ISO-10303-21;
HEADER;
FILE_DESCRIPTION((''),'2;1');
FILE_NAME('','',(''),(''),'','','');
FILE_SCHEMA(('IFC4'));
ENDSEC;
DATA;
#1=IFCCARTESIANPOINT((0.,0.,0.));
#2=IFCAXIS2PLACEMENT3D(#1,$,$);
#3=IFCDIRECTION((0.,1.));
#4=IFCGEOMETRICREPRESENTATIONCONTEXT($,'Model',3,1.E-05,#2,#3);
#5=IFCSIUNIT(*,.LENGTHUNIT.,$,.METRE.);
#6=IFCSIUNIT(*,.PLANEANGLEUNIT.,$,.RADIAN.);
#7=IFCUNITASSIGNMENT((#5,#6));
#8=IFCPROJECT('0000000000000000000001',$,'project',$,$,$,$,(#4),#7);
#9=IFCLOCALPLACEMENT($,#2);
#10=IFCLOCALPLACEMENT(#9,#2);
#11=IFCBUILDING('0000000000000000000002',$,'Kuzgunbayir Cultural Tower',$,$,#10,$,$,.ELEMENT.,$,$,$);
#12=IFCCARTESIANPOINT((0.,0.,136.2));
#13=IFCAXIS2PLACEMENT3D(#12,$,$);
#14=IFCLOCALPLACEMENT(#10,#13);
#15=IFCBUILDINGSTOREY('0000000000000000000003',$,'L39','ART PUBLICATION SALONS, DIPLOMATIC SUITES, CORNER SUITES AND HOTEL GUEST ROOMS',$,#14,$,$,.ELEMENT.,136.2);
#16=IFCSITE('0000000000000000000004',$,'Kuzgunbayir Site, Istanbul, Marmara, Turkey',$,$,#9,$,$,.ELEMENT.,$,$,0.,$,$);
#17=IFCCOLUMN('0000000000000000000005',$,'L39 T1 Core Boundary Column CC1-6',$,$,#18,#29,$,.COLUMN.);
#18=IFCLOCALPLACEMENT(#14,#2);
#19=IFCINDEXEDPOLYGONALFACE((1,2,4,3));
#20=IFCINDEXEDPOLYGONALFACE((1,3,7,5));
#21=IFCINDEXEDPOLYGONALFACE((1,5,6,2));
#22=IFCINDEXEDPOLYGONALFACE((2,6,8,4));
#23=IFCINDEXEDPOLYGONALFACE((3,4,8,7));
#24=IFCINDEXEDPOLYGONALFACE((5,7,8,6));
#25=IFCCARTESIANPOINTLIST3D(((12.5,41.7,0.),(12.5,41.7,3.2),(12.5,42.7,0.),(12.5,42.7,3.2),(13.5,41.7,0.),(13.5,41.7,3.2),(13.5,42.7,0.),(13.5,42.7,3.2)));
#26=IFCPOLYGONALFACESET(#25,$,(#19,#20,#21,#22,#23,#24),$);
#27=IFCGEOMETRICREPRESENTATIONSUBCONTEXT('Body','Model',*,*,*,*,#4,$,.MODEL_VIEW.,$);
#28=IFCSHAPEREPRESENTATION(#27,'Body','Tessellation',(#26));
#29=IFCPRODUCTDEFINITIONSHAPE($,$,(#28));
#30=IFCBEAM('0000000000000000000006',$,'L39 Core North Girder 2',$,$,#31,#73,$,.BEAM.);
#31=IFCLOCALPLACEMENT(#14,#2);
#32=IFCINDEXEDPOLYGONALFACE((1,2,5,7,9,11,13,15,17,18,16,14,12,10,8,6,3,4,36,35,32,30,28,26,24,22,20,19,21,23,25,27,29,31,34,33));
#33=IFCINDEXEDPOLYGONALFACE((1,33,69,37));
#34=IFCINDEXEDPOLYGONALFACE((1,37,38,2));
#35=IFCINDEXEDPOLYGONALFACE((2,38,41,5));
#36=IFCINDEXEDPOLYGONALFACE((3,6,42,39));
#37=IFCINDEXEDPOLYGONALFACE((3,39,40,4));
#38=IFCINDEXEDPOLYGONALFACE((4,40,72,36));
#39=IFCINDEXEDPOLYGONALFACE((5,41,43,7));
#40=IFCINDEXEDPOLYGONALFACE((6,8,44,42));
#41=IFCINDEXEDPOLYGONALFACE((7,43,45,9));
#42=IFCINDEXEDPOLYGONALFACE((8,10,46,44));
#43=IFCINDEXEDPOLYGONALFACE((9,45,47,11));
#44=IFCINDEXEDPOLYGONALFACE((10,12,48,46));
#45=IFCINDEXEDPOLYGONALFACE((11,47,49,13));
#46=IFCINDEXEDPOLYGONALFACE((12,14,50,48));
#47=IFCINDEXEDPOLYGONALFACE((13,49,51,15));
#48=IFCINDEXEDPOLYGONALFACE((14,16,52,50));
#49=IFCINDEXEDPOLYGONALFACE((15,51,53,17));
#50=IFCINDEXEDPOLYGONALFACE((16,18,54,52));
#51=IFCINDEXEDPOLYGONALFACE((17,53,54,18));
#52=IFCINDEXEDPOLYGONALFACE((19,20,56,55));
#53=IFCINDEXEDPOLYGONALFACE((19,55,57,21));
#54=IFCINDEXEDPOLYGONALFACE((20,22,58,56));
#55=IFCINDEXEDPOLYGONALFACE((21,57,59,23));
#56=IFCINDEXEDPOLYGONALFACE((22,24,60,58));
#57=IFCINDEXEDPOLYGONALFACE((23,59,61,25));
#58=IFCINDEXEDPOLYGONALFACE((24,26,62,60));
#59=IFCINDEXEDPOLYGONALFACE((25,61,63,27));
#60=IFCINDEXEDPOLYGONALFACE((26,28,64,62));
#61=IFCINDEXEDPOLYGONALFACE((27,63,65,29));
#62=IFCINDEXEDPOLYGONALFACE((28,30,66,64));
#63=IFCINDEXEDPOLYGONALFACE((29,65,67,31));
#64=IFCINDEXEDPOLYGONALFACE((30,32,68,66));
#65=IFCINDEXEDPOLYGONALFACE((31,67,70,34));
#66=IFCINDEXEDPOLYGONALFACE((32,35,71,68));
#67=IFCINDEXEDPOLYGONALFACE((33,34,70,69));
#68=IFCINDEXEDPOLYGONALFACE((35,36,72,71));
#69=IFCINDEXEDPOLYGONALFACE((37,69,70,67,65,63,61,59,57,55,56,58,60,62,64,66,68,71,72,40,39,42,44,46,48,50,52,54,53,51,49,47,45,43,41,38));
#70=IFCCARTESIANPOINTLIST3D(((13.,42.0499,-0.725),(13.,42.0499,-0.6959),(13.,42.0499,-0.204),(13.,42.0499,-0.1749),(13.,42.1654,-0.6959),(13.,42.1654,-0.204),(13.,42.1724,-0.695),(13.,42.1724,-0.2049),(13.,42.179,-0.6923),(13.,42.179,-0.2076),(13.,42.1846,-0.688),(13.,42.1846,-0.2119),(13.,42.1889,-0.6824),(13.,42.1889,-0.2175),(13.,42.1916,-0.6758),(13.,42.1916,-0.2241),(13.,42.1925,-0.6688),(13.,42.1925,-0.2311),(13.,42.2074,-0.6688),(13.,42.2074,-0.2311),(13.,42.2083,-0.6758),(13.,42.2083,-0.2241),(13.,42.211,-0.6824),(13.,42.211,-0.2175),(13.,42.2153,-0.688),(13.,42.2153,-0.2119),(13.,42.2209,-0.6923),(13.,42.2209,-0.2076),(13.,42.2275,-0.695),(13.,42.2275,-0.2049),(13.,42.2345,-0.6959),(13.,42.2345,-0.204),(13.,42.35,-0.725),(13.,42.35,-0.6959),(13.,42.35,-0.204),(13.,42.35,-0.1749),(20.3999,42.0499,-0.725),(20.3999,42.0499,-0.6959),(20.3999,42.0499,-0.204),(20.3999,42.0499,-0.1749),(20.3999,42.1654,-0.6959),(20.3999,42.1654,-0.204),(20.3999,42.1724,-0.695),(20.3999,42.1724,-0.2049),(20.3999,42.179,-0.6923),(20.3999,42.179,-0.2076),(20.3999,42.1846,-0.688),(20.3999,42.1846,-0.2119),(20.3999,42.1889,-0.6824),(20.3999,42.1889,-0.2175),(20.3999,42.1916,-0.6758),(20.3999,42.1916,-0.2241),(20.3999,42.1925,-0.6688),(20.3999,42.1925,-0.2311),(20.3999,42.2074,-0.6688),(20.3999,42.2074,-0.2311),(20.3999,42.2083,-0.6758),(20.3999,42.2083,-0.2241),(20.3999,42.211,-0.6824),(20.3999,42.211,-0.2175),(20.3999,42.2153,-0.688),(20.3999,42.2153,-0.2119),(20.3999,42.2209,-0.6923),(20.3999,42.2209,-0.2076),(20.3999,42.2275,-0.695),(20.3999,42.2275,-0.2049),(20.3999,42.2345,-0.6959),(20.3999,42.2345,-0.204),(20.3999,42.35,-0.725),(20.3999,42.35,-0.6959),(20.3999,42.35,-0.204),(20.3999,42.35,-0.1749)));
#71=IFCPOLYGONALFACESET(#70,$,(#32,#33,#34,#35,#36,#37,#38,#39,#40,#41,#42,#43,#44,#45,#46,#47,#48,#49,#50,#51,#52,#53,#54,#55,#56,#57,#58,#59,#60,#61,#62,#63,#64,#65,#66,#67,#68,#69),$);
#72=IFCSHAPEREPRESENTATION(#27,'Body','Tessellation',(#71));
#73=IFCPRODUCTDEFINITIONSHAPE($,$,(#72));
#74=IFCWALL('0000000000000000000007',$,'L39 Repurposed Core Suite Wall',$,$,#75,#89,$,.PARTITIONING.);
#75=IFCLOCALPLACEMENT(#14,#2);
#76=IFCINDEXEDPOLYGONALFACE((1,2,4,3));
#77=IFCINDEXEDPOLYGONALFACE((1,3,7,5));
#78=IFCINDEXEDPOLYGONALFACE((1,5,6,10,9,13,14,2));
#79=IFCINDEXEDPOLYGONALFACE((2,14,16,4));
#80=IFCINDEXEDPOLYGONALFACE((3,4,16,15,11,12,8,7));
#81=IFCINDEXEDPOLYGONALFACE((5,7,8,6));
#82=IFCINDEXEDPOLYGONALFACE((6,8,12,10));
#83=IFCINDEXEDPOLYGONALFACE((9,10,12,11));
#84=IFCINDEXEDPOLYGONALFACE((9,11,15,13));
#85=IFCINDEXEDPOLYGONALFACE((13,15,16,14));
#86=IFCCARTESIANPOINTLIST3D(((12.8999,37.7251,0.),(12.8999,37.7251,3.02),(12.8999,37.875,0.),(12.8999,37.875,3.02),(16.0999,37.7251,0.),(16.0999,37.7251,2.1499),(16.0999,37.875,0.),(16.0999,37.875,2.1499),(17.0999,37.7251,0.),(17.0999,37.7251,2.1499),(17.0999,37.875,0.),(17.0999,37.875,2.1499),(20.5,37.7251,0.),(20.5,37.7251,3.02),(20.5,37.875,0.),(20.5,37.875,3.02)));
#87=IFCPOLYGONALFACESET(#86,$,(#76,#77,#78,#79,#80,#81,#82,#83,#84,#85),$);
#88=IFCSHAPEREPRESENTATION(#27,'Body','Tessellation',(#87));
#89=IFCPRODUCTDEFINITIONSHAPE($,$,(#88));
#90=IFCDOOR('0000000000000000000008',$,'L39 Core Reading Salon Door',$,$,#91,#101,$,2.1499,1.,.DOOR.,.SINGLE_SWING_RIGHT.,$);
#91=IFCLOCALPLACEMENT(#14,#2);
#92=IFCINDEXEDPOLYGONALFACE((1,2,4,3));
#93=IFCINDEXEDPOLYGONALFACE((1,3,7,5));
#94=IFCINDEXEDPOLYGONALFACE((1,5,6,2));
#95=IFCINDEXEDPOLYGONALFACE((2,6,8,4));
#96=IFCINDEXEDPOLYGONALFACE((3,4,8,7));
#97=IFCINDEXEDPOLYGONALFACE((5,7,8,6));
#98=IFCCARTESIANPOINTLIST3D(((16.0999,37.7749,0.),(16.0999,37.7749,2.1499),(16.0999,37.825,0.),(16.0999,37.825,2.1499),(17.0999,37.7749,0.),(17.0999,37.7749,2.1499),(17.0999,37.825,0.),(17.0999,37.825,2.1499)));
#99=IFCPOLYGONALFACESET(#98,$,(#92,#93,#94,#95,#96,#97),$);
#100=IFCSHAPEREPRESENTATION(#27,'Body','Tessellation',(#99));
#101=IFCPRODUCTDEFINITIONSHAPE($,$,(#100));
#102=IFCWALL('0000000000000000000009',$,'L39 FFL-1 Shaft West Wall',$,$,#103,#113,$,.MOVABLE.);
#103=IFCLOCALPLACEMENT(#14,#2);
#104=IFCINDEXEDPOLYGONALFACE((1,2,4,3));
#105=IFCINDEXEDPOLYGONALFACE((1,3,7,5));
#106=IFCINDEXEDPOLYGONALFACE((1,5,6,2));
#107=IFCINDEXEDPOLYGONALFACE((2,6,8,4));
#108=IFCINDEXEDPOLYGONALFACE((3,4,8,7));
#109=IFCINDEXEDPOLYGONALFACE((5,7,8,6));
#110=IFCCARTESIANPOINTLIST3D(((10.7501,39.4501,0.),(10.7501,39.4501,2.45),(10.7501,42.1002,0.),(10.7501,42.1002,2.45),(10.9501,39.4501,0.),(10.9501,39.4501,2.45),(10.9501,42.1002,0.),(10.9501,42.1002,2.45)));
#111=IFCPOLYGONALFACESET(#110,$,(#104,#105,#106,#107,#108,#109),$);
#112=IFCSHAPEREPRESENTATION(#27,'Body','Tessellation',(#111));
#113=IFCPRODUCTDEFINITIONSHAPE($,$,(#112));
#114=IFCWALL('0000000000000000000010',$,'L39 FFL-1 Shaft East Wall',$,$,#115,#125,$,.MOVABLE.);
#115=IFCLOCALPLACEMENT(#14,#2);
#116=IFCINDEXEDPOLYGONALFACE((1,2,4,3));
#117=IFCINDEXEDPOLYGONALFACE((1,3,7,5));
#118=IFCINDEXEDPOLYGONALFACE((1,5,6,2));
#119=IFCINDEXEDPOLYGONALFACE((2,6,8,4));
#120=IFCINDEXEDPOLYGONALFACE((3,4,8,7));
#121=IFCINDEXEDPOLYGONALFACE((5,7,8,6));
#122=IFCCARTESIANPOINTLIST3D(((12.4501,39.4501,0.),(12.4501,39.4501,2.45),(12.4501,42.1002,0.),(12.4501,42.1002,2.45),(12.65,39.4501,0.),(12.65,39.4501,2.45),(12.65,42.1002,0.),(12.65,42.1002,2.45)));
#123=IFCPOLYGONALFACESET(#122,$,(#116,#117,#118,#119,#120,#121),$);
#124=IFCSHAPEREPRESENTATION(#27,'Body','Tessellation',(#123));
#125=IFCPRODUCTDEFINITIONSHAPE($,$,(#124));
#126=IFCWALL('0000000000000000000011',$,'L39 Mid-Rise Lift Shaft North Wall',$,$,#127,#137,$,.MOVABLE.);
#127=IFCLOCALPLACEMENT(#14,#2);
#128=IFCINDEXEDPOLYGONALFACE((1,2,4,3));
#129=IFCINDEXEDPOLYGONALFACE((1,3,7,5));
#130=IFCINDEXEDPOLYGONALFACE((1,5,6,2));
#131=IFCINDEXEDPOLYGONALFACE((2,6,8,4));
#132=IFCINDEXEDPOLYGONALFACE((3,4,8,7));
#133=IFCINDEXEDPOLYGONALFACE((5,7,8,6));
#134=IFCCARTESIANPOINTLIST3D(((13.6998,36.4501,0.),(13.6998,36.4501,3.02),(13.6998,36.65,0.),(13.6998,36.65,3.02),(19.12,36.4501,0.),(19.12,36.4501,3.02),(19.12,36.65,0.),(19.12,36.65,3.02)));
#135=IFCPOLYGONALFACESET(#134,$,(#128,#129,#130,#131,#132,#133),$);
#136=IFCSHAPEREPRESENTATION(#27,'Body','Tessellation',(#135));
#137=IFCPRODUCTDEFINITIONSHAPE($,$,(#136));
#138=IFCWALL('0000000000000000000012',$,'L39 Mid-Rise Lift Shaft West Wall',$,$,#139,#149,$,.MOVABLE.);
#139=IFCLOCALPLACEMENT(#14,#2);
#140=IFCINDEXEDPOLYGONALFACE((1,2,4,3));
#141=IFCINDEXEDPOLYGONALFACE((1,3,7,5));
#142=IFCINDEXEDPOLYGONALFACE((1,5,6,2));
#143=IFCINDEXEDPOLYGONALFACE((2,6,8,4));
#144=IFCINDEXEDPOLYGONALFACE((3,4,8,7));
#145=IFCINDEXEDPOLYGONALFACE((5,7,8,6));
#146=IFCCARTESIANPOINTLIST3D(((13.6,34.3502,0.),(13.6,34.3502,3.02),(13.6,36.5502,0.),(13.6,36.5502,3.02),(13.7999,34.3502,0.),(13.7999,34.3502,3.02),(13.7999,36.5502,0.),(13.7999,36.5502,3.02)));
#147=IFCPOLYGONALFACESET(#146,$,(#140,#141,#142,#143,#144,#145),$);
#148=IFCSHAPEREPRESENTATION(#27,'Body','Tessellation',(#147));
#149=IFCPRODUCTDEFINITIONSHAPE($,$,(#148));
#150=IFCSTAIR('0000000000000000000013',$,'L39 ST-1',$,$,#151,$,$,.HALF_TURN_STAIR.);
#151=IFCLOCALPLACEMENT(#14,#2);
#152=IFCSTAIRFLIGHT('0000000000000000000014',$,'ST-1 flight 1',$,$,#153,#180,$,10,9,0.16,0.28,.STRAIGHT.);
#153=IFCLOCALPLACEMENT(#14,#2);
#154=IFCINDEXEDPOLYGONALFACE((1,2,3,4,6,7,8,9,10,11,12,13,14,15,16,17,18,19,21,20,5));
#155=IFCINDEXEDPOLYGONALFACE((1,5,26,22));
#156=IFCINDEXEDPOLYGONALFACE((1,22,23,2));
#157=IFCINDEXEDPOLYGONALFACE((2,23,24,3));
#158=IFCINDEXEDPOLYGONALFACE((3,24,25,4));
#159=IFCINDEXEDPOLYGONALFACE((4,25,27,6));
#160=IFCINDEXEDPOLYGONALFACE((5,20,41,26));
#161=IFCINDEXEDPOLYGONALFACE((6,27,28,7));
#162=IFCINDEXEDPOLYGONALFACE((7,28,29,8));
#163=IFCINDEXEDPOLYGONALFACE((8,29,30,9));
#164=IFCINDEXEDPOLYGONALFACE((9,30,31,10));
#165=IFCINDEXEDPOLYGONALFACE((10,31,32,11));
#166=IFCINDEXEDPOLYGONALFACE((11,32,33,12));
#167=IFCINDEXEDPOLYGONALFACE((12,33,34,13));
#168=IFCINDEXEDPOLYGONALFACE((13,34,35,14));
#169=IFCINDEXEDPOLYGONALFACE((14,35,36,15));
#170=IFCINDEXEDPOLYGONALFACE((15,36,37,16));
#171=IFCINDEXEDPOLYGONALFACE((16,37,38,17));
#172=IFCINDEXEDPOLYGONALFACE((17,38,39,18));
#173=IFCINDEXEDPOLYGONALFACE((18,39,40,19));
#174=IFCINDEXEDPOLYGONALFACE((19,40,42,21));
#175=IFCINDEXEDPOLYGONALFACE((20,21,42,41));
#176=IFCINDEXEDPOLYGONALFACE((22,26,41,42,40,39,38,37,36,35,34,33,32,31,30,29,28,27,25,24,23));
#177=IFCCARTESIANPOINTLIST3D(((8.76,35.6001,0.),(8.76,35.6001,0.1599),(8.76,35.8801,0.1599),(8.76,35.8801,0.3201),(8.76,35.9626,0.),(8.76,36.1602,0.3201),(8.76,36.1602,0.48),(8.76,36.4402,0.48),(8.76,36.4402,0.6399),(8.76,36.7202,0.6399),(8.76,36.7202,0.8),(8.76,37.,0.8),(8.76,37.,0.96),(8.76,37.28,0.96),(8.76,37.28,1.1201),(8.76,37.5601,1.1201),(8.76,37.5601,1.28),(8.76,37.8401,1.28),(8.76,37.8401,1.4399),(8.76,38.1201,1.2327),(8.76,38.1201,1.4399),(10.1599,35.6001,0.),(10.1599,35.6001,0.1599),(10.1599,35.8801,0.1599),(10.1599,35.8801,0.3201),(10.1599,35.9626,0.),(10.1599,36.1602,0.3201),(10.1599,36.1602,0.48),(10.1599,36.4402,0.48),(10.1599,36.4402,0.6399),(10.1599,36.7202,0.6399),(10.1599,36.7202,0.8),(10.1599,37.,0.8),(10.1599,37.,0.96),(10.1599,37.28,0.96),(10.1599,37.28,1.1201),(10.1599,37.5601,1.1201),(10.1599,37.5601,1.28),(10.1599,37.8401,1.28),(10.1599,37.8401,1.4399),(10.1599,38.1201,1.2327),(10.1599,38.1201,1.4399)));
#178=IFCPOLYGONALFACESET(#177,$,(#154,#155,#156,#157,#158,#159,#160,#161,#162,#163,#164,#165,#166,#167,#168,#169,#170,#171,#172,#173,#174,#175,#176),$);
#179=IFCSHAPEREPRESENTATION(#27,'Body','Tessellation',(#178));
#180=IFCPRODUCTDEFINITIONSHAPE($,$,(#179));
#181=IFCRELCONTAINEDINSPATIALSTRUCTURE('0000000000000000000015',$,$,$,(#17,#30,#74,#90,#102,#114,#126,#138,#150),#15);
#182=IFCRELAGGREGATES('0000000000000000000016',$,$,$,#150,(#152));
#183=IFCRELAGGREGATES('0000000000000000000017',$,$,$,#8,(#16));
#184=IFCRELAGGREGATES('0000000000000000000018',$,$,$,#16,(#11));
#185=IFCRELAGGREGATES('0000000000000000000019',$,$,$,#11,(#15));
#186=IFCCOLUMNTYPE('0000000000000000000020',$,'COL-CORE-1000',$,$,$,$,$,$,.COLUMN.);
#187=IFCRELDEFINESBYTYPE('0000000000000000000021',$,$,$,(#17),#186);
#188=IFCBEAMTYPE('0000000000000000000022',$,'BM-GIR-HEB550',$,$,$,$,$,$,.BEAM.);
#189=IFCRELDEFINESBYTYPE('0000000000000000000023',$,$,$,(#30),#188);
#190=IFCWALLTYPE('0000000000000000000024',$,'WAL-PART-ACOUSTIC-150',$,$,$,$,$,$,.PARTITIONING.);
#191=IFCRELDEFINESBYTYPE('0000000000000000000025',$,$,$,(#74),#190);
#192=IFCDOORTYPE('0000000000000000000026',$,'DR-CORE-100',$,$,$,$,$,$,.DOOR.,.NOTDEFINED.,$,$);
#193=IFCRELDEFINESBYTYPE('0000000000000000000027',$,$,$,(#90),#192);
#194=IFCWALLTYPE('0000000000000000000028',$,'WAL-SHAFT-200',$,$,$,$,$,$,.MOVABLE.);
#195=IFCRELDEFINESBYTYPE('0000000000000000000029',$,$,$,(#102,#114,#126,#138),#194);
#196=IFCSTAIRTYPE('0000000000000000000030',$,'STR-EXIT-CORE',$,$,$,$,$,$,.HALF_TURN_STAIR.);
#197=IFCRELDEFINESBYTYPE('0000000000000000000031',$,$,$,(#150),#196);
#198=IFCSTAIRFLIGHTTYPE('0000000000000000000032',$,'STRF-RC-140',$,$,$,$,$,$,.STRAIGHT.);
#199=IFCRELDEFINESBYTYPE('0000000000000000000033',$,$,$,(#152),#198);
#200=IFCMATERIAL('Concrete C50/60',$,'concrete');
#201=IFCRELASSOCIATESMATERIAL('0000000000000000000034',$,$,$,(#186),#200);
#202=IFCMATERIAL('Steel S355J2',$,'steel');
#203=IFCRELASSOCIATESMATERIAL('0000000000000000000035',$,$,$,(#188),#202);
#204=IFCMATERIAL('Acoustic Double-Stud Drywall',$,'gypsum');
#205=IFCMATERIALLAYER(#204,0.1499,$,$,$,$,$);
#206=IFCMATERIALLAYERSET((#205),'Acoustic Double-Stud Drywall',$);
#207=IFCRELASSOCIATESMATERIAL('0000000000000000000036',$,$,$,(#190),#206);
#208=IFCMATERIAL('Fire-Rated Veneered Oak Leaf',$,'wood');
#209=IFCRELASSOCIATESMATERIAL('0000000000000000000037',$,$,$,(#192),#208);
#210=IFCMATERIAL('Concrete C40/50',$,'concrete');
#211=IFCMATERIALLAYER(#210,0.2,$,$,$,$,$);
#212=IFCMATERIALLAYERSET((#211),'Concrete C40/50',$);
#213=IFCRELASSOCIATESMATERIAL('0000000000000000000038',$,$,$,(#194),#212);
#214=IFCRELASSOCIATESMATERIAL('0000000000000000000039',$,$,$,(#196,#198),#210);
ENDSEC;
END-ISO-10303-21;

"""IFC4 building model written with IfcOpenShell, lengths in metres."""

from ifc_helpers import new_model, si_unit, direction, frame, frame_2d, origin, origin_2d, place, context, subcontext, project, spatial, polyline, rectangle, i_section, outline, extrude, material, layer, layer_set, material_profile, profile_set, type_object, element, fill, aggregate, save


model = new_model("IFC4")

# Units and contexts
model_context = context("Model", 3, precision=1e-05, world=origin(), true_north=direction((0.0, 1.0)))
body_context = subcontext(model_context, "Body", "Model", "MODEL_VIEW")
ifc_project = project(units=[si_unit("LENGTHUNIT", "METRE"), si_unit("PLANEANGLEUNIT", "RADIAN")], contexts=[model_context])

# Site, building, storey
site_placement = place(None, origin())
site = spatial("IfcSite", under=ifc_project, at=site_placement, Name="Kuzgunbayir Site, Istanbul, Marmara, Turkey", CompositionType="ELEMENT", RefElevation=0.0)
building_placement = place(site_placement, origin())
building = spatial("IfcBuilding", under=site, at=building_placement, Name="Kuzgunbayir Cultural Tower", CompositionType="ELEMENT")
storey_placement = place(building_placement, frame((0.0, 0.0, 136.2)))
storey = spatial("IfcBuildingStorey", under=building, at=storey_placement, Name="L39", Description="ART PUBLICATION SALONS, DIPLOMATIC SUITES, CORNER SUITES AND HOTEL GUEST ROOMS", CompositionType="ELEMENT", Elevation=136.2)

# Column
ifc_material_1 = material(Name="Concrete C50/60", Category="concrete")
ifc_material_profile_1 = material_profile(ifc_material_1, rectangle(XDim=1.0, YDim=1.0, at=origin_2d()), Name="RC 1000x1000")
ifc_profile_set_1 = profile_set([ifc_material_profile_1], Name="Concrete C50/60")
column_type = type_object("IfcColumnType", Name="COL-CORE-1000", PredefinedType="COLUMN", material=ifc_profile_set_1)
column_placement = place(storey_placement, frame((13.0, 42.2, 0.0), z_axis=(0.0, 0.0, 1.0), x_axis=(1.0, 0.0, 0.0)))
element("IfcColumn", 1, at=column_placement, inside=storey, type_object=column_type, Name="L39 T1 Core Boundary Column CC1-6", PredefinedType="COLUMN", context=body_context, shape_type="SweptSolid", body=[
    extrude(rectangle(XDim=1.0, YDim=1.0, at=origin_2d()), origin(), (0.0, 0.0, 1.0), 3.2),
])

# Beam
ifc_material_2 = material(Name="Steel S355J2", Category="steel")
ifc_material_profile_2 = material_profile(ifc_material_2, i_section(OverallWidth=0.3, OverallDepth=0.55, WebThickness=0.0149, FlangeThickness=0.0291, FilletRadius=0.0271, at=origin_2d()), Name="HEB 550")
ifc_profile_set_2 = profile_set([ifc_material_profile_2], Name="Steel S355J2")
beam_type = type_object("IfcBeamType", Name="BM-GIR-HEB550", PredefinedType="BEAM", material=ifc_profile_set_2)
beam_placement = place(storey_placement, frame((13.0, 42.2, -0.45), z_axis=(1.0, 0.0, 0.0), x_axis=(0.0, 1.0, 0.0)))
element("IfcBeam", 2, at=beam_placement, inside=storey, type_object=beam_type, Name="L39 Core North Girder 2", PredefinedType="BEAM", context=body_context, shape_type="SweptSolid", body=[
    extrude(i_section(OverallWidth=0.3, OverallDepth=0.55, WebThickness=0.0149, FlangeThickness=0.0291, FilletRadius=0.0271, at=origin_2d()), origin(), (0.0, 0.0, 1.0), 7.3999),
])

# Wall, opening, door
ifc_material_3 = material(Name="Acoustic Double-Stud Drywall", Category="gypsum")
ifc_layer_1 = layer(ifc_material_3, 0.1499)
ifc_layer_set_1 = layer_set([ifc_layer_1], Name="Acoustic Double-Stud Drywall")
wall_type_1 = type_object("IfcWallType", Name="WAL-PART-ACOUSTIC-150", PredefinedType="PARTITIONING", material=ifc_layer_set_1)
wall_1_placement = place(storey_placement, frame((12.8999, 37.8, 0.0), z_axis=(0.0, 0.0, 1.0), x_axis=(1.0, 0.0, 0.0)))
wall_1 = element("IfcWall", 3, at=wall_1_placement, inside=storey, type_object=wall_type_1, Name="L39 Repurposed Core Suite Wall", PredefinedType="PARTITIONING", context=body_context, shape_type="SweptSolid", body=[
    extrude(rectangle(XDim=7.6001, YDim=0.1499, at=frame_2d((3.8, 0.0))), origin(), (0.0, 0.0, 1.0), 3.02),
])
opening_1_placement = place(wall_1_placement, frame((3.2, 0.0, 0.0)))
opening_1 = element("IfcOpeningElement", 4, at=opening_1_placement, cuts=wall_1, PredefinedType="OPENING", context=body_context, shape_type="SweptSolid", body=[
    extrude(rectangle(XDim=1.0, YDim=2.1499, at=frame_2d((0.5, 1.075))), frame((0.0, 0.085, 0.0), z_axis=(0.0, -1.0, 0.0), x_axis=(1.0, 0.0, 0.0)), (0.0, 0.0, 1.0), 0.1699),
])
ifc_material_4 = material(Name="Fire-Rated Veneered Oak Leaf", Category="wood")
door_type_1 = type_object("IfcDoorType", Name="DR-CORE-100", OperationType="NOTDEFINED", PredefinedType="DOOR", material=ifc_material_4)
door_1_placement = place(opening_1_placement, origin())
door_1 = element("IfcDoor", 5, at=door_1_placement, inside=storey, type_object=door_type_1, Name="L39 Core Reading Salon Door", OperationType="SINGLE_SWING_RIGHT", OverallHeight=2.1499, OverallWidth=1.0, PredefinedType="DOOR", context=body_context, shape_type="SweptSolid", body=[
    extrude(rectangle(XDim=1.0, YDim=2.1499, at=frame_2d((0.5, 1.075))), frame((0.0, 0.0249, 0.0), z_axis=(0.0, -1.0, 0.0), x_axis=(1.0, 0.0, 0.0)), (0.0, 0.0, 1.0), 0.05),
])
fill(opening_1, door_1)
ifc_material_5 = material(Name="Concrete C40/50", Category="concrete")
ifc_layer_2 = layer(ifc_material_5, 0.2)
ifc_layer_set_2 = layer_set([ifc_layer_2], Name="Concrete C40/50")
wall_type_2 = type_object("IfcWallType", Name="WAL-SHAFT-200", PredefinedType="MOVABLE", material=ifc_layer_set_2)

# Walls
for number, where, z_axis, x_axis, name in (
    (6, (10.8501, 39.45, 0.0), (0.0, 0.0, 1.0), (0.0, 1.0, 0.0), "L39 FFL-1 Shaft West Wall"),
    (7, (12.55, 39.45, 0.0), (0.0, 0.0, 1.0), (0.0, 1.0, 0.0), "L39 FFL-1 Shaft East Wall"),
):
    element("IfcWall", number, at=place(storey_placement, frame(where, z_axis=z_axis, x_axis=x_axis)), inside=storey, type_object=wall_type_2, Name=name, PredefinedType="MOVABLE", context=body_context, shape_type="SweptSolid", body=[
        extrude(rectangle(XDim=2.6501, YDim=0.2, at=frame_2d((1.3252, 0.0))), origin(), (0.0, 0.0, 1.0), 2.45),
    ])

# Walls
wall_2_placement = place(storey_placement, frame((13.7, 36.55, 0.0), z_axis=(0.0, 0.0, 1.0), x_axis=(1.0, 0.0, 0.0)))
element("IfcWall", 8, at=wall_2_placement, inside=storey, type_object=wall_type_2, Name="L39 Mid-Rise Lift Shaft North Wall", PredefinedType="MOVABLE", context=body_context, shape_type="SweptSolid", body=[
    extrude(rectangle(XDim=5.4202, YDim=0.2, at=frame_2d((2.71, 0.0))), origin(), (0.0, 0.0, 1.0), 3.02),
])
wall_3_placement = place(storey_placement, frame((13.7, 34.3501, 0.0), z_axis=(0.0, 0.0, 1.0), x_axis=(0.0, 1.0, 0.0)))
element("IfcWall", 9, at=wall_3_placement, inside=storey, type_object=wall_type_2, Name="L39 Mid-Rise Lift Shaft West Wall", PredefinedType="MOVABLE", context=body_context, shape_type="SweptSolid", body=[
    extrude(rectangle(XDim=2.2, YDim=0.2, at=frame_2d((1.1001, 0.0))), origin(), (0.0, 0.0, 1.0), 3.02),
])

# Stair, stair flight
stair_type = type_object("IfcStairType", Name="STR-EXIT-CORE", PredefinedType="HALF_TURN_STAIR", material=ifc_material_5)
stair_placement = place(storey_placement, origin())
stair = element("IfcStair", 10, at=stair_placement, inside=storey, type_object=stair_type, Name="L39 ST-1", PredefinedType="HALF_TURN_STAIR")
stair_flight_type = type_object("IfcStairFlightType", Name="STRF-RC-140", PredefinedType="STRAIGHT", material=ifc_material_5)
stair_flight_placement = place(storey_placement, frame((9.46, 35.6001, 0.0), z_axis=(0.0, 0.0, 1.0), x_axis=(0.0, 1.0, 0.0)))
stair_flight = element("IfcStairFlight", 11, at=stair_flight_placement, type_object=stair_flight_type, Name="ST-1 flight 1", NumberOfRisers=10, NumberOfTreads=9, PredefinedType="STRAIGHT", RiserHeight=0.16, TreadLength=0.28, context=body_context, shape_type="SweptSolid", body=[
    extrude(outline(polyline([(0.0, 0.0), (0.0, 0.1599), (0.28, 0.1599), (0.28, 0.3201), (0.5601, 0.3201), (0.5601, 0.48), (0.8401, 0.48), (0.8401, 0.6399), (1.1201, 0.6399), (1.1201, 0.8), (1.3999, 0.8), (1.3999, 0.96), (1.6799, 0.96), (1.6799, 1.1201), (1.96, 1.1201), (1.96, 1.28), (2.24, 1.28), (2.24, 1.4399), (2.52, 1.4399), (2.52, 1.6001), (2.52, 1.2327), (0.3625, 0.0), (0.0, 0.0)])), frame((0.0, 0.7, 0.0), z_axis=(0.0, -1.0, 0.0), x_axis=(1.0, 0.0, 0.0)), (0.0, 0.0, 1.0), 1.3999),
])
aggregate(stair, [stair_flight])

save(model, "model.ifc")
